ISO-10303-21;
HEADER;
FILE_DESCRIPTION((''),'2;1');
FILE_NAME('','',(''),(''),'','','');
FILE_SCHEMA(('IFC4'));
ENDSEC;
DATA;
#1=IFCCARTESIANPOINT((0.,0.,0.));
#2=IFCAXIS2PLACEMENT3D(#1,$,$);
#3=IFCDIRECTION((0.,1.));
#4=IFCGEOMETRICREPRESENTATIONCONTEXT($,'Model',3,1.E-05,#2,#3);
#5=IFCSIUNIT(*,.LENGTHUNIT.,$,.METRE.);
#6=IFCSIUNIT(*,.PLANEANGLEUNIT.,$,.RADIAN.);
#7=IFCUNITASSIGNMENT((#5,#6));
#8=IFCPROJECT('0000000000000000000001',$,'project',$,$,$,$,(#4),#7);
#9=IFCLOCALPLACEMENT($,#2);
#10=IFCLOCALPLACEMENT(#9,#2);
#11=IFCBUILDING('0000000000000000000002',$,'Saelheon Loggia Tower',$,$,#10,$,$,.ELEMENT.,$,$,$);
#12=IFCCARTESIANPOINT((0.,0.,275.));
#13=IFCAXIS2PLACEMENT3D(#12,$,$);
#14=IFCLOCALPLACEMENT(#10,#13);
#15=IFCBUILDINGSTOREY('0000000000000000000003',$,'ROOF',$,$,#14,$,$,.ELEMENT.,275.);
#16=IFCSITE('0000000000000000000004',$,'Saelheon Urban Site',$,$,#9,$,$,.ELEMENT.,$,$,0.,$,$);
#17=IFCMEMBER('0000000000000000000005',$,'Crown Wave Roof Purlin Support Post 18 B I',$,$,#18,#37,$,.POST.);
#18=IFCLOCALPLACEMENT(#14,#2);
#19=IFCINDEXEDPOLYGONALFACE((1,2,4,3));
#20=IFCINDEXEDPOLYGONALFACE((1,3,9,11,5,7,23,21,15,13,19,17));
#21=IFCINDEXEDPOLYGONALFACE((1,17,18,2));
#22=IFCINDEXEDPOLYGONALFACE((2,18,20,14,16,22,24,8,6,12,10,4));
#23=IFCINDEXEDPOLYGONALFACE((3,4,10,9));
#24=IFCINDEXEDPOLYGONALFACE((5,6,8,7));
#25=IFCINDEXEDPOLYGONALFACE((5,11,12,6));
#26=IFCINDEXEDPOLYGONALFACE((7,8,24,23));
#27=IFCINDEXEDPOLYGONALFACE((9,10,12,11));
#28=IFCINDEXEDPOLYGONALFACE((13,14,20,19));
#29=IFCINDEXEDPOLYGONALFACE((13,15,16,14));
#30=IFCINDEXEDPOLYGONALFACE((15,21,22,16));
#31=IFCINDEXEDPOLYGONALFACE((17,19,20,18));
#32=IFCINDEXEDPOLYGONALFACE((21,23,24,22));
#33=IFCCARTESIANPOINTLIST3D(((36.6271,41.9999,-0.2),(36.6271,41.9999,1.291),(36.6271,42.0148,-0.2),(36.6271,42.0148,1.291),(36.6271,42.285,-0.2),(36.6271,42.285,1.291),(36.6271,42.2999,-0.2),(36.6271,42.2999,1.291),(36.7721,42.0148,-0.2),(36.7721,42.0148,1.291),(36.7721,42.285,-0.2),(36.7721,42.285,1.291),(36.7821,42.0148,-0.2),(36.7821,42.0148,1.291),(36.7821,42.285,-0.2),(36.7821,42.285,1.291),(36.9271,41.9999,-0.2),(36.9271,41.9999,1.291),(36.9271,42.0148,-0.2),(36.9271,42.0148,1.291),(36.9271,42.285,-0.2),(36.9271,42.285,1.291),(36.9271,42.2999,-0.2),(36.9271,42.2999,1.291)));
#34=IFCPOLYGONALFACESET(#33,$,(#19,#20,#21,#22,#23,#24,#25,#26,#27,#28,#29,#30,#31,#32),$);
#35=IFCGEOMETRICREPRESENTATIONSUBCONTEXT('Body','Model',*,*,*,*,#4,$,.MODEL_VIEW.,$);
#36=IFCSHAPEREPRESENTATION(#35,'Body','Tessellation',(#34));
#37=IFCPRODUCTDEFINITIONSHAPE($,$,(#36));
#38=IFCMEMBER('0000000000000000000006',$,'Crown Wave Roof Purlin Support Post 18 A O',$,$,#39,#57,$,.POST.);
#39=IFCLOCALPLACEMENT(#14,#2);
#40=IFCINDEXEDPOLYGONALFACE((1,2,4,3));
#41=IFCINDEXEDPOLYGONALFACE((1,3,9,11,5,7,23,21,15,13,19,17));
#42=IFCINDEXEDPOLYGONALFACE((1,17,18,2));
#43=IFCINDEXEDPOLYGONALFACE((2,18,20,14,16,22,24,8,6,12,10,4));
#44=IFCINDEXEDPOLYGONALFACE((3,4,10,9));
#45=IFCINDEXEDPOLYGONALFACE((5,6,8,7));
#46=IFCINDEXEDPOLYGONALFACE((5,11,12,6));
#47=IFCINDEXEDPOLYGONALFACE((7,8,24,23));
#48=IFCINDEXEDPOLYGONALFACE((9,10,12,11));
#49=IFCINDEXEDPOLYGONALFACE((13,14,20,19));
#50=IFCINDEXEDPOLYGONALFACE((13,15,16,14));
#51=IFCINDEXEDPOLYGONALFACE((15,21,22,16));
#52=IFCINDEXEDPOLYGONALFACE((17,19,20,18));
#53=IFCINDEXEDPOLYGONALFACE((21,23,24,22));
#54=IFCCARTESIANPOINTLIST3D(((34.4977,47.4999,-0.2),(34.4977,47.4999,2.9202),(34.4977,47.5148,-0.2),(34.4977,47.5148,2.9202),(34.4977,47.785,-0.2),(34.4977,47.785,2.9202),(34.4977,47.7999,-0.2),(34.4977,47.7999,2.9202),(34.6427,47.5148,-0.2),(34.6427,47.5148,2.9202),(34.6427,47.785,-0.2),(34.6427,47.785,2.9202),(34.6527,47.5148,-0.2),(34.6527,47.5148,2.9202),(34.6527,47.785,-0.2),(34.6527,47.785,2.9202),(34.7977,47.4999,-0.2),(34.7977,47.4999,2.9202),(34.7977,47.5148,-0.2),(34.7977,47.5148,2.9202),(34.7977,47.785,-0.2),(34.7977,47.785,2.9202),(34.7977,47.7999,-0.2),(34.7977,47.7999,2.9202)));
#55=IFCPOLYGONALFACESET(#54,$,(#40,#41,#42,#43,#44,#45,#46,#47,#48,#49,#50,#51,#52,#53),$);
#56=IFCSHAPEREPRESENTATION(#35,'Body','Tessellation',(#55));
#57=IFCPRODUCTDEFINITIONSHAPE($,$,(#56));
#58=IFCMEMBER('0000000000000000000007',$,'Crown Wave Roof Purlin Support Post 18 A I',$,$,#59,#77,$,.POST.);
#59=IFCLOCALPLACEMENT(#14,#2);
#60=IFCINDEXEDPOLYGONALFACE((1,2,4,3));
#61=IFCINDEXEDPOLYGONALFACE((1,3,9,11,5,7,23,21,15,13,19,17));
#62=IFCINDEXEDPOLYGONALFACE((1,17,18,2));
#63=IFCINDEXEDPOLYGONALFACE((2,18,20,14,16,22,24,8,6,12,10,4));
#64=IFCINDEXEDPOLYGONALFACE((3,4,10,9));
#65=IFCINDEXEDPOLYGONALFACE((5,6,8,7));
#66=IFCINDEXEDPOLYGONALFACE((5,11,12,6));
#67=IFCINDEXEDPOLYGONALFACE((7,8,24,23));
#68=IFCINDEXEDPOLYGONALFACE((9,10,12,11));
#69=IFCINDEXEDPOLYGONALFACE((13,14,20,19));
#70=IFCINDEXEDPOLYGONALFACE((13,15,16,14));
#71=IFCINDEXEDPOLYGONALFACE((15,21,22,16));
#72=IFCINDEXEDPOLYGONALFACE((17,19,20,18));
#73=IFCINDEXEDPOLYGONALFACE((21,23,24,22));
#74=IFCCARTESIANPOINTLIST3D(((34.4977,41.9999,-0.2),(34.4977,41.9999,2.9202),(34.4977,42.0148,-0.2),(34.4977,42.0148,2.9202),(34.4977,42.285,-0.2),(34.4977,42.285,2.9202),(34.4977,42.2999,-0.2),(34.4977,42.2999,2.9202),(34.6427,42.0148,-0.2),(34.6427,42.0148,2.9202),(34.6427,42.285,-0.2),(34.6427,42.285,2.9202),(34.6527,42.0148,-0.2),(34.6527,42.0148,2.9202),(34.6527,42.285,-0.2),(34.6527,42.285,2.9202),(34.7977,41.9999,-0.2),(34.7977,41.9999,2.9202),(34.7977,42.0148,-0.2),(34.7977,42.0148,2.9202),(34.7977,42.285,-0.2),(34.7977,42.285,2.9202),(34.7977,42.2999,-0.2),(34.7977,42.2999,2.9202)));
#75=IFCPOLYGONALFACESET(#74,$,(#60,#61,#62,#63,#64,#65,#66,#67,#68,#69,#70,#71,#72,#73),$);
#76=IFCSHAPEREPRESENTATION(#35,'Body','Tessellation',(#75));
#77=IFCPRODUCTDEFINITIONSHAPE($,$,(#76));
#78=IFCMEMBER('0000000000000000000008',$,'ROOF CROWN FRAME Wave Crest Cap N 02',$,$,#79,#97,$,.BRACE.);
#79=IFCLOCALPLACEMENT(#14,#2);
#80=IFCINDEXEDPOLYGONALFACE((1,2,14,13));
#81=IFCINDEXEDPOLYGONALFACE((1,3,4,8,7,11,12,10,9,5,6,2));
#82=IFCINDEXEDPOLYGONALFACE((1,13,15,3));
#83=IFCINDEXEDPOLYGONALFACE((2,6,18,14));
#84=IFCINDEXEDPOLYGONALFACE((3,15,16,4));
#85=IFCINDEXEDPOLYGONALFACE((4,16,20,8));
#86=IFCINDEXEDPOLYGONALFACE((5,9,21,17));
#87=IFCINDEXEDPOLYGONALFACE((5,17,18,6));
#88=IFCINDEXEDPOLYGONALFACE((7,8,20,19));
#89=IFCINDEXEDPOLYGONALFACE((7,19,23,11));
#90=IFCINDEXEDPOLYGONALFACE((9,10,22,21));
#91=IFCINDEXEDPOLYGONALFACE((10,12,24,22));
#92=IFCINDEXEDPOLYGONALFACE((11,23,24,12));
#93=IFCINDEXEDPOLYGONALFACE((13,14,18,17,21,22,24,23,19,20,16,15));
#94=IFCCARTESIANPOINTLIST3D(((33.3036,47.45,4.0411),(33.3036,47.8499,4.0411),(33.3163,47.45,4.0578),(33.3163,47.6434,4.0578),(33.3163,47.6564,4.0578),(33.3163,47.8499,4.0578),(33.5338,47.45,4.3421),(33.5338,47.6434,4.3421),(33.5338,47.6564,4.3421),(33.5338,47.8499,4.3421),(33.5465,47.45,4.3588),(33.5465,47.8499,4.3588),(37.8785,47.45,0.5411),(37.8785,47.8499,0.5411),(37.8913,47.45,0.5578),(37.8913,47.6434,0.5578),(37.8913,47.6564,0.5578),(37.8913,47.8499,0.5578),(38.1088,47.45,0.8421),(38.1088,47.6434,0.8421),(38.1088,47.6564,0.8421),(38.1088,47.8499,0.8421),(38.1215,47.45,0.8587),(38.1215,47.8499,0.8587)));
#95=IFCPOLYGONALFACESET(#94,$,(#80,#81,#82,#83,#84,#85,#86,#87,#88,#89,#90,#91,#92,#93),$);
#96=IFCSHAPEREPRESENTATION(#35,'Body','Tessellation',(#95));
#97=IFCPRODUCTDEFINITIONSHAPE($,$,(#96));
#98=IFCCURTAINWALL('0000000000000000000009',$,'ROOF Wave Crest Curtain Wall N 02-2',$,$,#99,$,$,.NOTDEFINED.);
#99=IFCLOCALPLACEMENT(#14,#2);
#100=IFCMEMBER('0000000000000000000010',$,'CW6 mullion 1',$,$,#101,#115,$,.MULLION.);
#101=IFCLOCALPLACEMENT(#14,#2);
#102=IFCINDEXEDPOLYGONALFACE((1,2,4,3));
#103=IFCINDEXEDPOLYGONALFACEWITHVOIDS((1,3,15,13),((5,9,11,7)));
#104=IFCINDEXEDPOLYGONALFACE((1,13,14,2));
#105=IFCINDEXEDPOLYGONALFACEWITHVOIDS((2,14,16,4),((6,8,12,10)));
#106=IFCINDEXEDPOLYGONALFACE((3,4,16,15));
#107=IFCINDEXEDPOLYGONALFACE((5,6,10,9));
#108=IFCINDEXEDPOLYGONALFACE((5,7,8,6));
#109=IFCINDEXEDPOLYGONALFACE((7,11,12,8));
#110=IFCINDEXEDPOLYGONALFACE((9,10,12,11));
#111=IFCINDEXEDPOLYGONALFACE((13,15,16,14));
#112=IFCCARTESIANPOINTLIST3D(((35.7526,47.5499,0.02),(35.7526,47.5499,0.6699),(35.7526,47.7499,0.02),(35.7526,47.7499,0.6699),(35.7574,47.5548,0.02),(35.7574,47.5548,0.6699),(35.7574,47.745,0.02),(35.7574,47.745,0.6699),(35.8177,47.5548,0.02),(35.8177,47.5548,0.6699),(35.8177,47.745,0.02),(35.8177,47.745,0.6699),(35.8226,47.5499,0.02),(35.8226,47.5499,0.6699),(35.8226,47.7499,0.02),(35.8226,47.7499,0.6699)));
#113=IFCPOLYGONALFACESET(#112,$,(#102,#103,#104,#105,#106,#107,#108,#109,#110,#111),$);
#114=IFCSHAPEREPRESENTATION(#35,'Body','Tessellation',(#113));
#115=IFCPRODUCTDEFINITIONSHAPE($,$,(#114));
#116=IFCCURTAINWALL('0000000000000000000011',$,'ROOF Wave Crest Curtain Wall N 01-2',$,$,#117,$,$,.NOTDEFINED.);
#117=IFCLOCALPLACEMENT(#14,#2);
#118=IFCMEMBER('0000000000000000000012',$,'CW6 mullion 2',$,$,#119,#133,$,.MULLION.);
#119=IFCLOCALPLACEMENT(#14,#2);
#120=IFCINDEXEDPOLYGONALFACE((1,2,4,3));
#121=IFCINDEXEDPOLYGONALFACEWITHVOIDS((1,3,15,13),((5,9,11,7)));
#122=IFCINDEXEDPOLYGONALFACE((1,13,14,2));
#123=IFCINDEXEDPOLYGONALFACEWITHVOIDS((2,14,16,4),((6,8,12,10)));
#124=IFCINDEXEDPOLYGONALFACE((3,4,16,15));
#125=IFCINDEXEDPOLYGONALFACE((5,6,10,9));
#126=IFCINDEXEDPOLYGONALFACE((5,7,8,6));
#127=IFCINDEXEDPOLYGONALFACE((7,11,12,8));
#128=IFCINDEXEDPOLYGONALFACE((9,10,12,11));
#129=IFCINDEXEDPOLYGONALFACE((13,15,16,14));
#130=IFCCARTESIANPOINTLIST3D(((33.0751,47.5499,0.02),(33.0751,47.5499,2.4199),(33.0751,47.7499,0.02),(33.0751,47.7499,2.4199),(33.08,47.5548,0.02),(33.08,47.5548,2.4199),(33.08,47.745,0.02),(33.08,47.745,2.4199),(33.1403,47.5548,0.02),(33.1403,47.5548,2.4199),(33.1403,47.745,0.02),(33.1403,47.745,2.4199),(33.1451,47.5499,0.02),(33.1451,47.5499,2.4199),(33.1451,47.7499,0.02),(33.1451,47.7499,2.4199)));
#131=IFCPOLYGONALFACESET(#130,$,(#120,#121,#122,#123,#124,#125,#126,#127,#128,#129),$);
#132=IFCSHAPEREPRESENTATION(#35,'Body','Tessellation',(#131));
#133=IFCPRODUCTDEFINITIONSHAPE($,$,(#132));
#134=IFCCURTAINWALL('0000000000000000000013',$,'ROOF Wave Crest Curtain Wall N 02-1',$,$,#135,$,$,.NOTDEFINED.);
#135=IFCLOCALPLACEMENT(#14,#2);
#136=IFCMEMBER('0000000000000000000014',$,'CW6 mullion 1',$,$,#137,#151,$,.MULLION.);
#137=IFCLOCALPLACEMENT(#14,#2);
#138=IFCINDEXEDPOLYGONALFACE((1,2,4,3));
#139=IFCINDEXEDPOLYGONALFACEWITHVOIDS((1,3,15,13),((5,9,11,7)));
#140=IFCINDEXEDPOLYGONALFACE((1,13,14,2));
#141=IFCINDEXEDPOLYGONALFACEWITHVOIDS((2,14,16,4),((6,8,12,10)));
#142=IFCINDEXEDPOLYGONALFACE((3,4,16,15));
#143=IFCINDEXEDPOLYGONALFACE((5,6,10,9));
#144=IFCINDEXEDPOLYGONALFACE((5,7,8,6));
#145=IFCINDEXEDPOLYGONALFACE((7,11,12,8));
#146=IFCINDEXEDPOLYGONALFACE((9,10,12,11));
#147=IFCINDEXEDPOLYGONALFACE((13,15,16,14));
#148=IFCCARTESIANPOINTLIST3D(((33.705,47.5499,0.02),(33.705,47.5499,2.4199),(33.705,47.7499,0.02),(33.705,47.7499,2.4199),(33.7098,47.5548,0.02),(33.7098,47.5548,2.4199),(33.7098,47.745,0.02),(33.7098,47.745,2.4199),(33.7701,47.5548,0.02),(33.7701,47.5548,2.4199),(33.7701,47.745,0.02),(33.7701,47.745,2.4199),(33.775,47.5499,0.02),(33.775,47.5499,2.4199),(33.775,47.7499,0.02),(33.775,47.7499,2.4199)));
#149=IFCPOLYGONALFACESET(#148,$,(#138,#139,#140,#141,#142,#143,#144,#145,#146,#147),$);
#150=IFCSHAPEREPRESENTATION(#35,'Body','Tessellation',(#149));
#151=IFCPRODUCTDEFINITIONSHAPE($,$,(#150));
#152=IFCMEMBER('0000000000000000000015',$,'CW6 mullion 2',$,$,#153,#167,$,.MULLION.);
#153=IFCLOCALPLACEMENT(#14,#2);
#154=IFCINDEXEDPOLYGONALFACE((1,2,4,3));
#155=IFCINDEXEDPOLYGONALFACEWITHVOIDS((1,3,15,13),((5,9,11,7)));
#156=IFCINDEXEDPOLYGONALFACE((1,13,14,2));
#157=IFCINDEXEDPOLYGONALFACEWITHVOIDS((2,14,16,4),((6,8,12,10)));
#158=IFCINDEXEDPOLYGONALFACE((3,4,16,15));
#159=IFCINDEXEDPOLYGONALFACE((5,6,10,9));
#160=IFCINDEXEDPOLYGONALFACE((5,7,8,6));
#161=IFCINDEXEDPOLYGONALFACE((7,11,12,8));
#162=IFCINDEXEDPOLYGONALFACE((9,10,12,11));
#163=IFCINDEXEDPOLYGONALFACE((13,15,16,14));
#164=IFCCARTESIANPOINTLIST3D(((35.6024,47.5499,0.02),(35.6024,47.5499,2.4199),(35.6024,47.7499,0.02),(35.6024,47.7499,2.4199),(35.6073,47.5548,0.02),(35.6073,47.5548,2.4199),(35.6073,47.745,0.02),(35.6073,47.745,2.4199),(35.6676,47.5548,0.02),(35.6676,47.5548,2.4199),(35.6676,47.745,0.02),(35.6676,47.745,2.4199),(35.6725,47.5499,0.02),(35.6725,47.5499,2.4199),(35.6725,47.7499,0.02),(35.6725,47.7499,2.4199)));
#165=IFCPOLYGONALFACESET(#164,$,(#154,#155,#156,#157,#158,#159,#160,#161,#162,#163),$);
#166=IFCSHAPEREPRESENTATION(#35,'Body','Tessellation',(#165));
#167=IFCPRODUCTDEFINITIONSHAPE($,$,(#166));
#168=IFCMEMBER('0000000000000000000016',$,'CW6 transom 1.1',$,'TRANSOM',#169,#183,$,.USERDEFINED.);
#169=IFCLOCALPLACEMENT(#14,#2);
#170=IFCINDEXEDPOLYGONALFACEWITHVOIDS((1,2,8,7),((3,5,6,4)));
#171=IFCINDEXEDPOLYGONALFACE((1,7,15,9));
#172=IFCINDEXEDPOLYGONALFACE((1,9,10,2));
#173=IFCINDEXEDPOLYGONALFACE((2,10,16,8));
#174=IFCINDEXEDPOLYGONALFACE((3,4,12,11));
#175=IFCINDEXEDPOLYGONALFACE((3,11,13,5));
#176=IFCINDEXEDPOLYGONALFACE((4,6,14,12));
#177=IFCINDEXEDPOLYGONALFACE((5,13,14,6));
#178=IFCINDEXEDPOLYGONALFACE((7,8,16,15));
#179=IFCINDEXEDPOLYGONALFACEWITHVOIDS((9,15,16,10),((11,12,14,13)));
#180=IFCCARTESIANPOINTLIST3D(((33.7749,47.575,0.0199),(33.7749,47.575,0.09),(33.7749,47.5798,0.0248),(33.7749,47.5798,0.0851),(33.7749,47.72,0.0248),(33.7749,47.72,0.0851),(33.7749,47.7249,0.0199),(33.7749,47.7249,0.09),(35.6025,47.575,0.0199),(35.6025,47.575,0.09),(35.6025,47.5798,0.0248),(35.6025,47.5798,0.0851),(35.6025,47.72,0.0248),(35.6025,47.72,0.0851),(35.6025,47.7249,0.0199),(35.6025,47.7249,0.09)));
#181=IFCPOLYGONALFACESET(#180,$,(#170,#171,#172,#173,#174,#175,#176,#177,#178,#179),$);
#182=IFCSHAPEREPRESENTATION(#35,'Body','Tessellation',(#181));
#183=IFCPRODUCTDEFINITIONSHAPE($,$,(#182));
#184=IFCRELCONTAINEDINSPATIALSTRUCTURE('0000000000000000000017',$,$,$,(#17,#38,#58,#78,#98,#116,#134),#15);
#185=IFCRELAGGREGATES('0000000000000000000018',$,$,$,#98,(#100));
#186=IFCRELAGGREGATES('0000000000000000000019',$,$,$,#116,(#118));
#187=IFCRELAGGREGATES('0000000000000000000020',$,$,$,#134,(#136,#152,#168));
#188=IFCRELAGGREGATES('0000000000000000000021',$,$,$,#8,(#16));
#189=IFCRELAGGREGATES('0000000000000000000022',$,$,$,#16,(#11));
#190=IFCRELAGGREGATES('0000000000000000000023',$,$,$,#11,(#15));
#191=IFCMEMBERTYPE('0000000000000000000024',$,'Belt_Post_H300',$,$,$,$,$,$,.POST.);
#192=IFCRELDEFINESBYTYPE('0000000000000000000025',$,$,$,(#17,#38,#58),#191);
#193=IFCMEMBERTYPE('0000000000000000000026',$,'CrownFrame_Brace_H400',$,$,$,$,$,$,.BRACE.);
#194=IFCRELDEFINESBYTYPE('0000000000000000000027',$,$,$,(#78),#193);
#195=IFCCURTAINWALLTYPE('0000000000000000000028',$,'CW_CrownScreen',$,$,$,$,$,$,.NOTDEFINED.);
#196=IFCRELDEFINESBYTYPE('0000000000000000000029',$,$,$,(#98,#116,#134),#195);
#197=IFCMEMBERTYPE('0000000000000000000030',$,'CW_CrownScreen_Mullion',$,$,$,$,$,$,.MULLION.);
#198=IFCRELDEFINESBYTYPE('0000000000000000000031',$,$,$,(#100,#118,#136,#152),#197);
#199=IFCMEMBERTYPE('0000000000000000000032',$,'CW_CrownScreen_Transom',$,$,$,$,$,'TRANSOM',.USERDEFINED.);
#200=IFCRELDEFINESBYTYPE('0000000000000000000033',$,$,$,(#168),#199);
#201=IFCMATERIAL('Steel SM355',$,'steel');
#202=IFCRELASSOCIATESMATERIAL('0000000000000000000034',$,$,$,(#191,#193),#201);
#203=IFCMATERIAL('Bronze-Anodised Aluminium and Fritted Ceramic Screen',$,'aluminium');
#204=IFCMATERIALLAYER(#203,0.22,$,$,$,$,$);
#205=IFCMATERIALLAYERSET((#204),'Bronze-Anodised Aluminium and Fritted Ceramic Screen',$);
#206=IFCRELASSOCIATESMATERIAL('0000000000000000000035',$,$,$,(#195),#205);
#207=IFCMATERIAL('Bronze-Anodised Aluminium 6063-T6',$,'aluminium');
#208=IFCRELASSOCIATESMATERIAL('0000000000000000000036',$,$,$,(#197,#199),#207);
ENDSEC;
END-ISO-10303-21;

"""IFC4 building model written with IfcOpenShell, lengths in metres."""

from ifc_helpers import new_model, si_unit, direction, frame, origin, origin_2d, place, context, subcontext, project, spatial, hollow_rectangle, i_section, extrude, source, transform, mapped, material, layer, layer_set, material_profile, profile_set, type_object, element, aggregate, save


model = new_model("IFC4")

# Units and contexts
model_context = context("Model", 3, precision=1e-05, world=origin(), true_north=direction((0.0, 1.0)))
body_context = subcontext(model_context, "Body", "Model", "MODEL_VIEW")
ifc_project = project(units=[si_unit("LENGTHUNIT", "METRE"), si_unit("PLANEANGLEUNIT", "RADIAN")], contexts=[model_context])

# Site, building, storey
site_placement = place(None, origin())
site = spatial("IfcSite", under=ifc_project, at=site_placement, Name="Saelheon Urban Site", CompositionType="ELEMENT", RefElevation=0.0)
building_placement = place(site_placement, origin())
building = spatial("IfcBuilding", under=site, at=building_placement, Name="Saelheon Loggia Tower", CompositionType="ELEMENT")
storey_placement = place(building_placement, frame((0.0, 0.0, 275.0)))
storey = spatial("IfcBuildingStorey", under=building, at=storey_placement, Name="ROOF", CompositionType="ELEMENT", Elevation=275.0)

# Members
ifc_material_1 = material(Name="Steel SM355", Category="steel")
ifc_material_profile_1 = material_profile(ifc_material_1, i_section(OverallWidth=0.3, OverallDepth=0.3, WebThickness=0.01, FlangeThickness=0.0149, at=origin_2d()), Name="H-300x300x10x15")
ifc_profile_set_1 = profile_set([ifc_material_profile_1], Name="Steel SM355")
member_type_1 = type_object("IfcMemberType", Name="Belt_Post_H300", PredefinedType="POST", material=ifc_profile_set_1)
shared_shape_1 = source(origin(), body_context, "Body", "SweptSolid", [
    extrude(i_section(OverallWidth=0.3, OverallDepth=0.3, WebThickness=0.01, FlangeThickness=0.0149, at=origin_2d()), origin(), (0.0, 0.0, 1.0), 1.491),
])
for number, where, z_axis, x_axis, name in (
    (1, (36.7771, 42.1499, -0.2), (0.0, 0.0, 1.0), (1.0, 0.0, 0.0), "Crown Wave Roof Purlin Support Post 18 B I"),
):
    element("IfcMember", number, at=place(storey_placement, frame(where, z_axis=z_axis, x_axis=x_axis)), inside=storey, type_object=member_type_1, Name=name, PredefinedType="POST", context=body_context, shape_type="MappedRepresentation", body=[
        mapped(shared_shape_1, transform((0.0, 0.0, 0.0), scale=1.0)),
    ])
shared_shape_2 = source(origin(), body_context, "Body", "SweptSolid", [
    extrude(i_section(OverallWidth=0.3, OverallDepth=0.3, WebThickness=0.01, FlangeThickness=0.0149, at=origin_2d()), origin(), (0.0, 0.0, 1.0), 3.1201),
])
for number, where, z_axis, x_axis, name in (
    (2, (34.6477, 47.6499, -0.2), (0.0, 0.0, 1.0), (1.0, 0.0, 0.0), "Crown Wave Roof Purlin Support Post 18 A O"),
    (3, (34.6477, 42.1499, -0.2), (0.0, 0.0, 1.0), (1.0, 0.0, 0.0), "Crown Wave Roof Purlin Support Post 18 A I"),
):
    element("IfcMember", number, at=place(storey_placement, frame(where, z_axis=z_axis, x_axis=x_axis)), inside=storey, type_object=member_type_1, Name=name, PredefinedType="POST", context=body_context, shape_type="MappedRepresentation", body=[
        mapped(shared_shape_2, transform((0.0, 0.0, 0.0), scale=1.0)),
    ])
ifc_material_profile_2 = material_profile(ifc_material_1, i_section(OverallWidth=0.3999, OverallDepth=0.3999, WebThickness=0.0129, FlangeThickness=0.021, at=origin_2d()), Name="H-400x400x13x21")
ifc_profile_set_2 = profile_set([ifc_material_profile_2], Name="Steel SM355")
member_type_2 = type_object("IfcMemberType", Name="CrownFrame_Brace_H400", PredefinedType="BRACE", material=ifc_profile_set_2)
shared_shape_3 = source(origin(), body_context, "Body", "SweptSolid", [
    extrude(i_section(OverallWidth=0.3999, OverallDepth=0.3999, WebThickness=0.0129, FlangeThickness=0.021, at=origin_2d()), origin(), (0.0, 0.0, 1.0), 5.7603),
])
member_1_placement = place(storey_placement, frame((33.425, 47.6499, 4.2), z_axis=(0.794231, 0.0, -0.607615), x_axis=(0.0, 1.0, 0.0)))
element("IfcMember", 4, at=member_1_placement, inside=storey, type_object=member_type_2, Name="ROOF CROWN FRAME Wave Crest Cap N 02", PredefinedType="BRACE", context=body_context, shape_type="MappedRepresentation", body=[
    mapped(shared_shape_3, transform((0.0, 0.0, 0.0), scale=1.0)),
])

# Curtain walls, members
ifc_material_2 = material(Name="Bronze-Anodised Aluminium and Fritted Ceramic Screen", Category="aluminium")
ifc_layer_1 = layer(ifc_material_2, 0.22)
ifc_layer_set_1 = layer_set([ifc_layer_1], Name="Bronze-Anodised Aluminium and Fritted Ceramic Screen")
curtain_wall_type = type_object("IfcCurtainWallType", Name="CW_CrownScreen", PredefinedType="NOTDEFINED", material=ifc_layer_set_1)
curtain_wall_1_placement = place(storey_placement, origin())
curtain_wall_1 = element("IfcCurtainWall", 5, at=curtain_wall_1_placement, inside=storey, type_object=curtain_wall_type, Name="ROOF Wave Crest Curtain Wall N 02-2", PredefinedType="NOTDEFINED")
ifc_material_3 = material(Name="Bronze-Anodised Aluminium 6063-T6", Category="aluminium")
ifc_material_profile_3 = material_profile(ifc_material_3, hollow_rectangle(XDim=0.0701, YDim=0.2, WallThickness=0.0049, at=origin_2d()), Name="RHS-200x70x5")
ifc_profile_set_3 = profile_set([ifc_material_profile_3], Name="Bronze-Anodised Aluminium 6063-T6")
member_type_3 = type_object("IfcMemberType", Name="CW_CrownScreen_Mullion", PredefinedType="MULLION", material=ifc_profile_set_3)
shared_shape_4 = source(origin(), body_context, "Body", "SweptSolid", [
    extrude(hollow_rectangle(XDim=0.0701, YDim=0.2, WallThickness=0.0049, at=origin_2d()), origin(), (0.0, 0.0, 1.0), 0.6499),
])
member_2_placement = place(storey_placement, frame((35.7876, 47.6499, 0.02), z_axis=(0.0, 0.0, 1.0), x_axis=(1.0, 0.0, 0.0)))
member_2 = element("IfcMember", 6, at=member_2_placement, type_object=member_type_3, Name="CW6 mullion 1", PredefinedType="MULLION", context=body_context, shape_type="MappedRepresentation", body=[
    mapped(shared_shape_4, transform((0.0, 0.0, 0.0), scale=1.0)),
])
curtain_wall_2_placement = place(storey_placement, origin())
curtain_wall_2 = element("IfcCurtainWall", 7, at=curtain_wall_2_placement, inside=storey, type_object=curtain_wall_type, Name="ROOF Wave Crest Curtain Wall N 01-2", PredefinedType="NOTDEFINED")
shared_shape_5 = source(origin(), body_context, "Body", "SweptSolid", [
    extrude(hollow_rectangle(XDim=0.0701, YDim=0.2, WallThickness=0.0049, at=origin_2d()), origin(), (0.0, 0.0, 1.0), 2.3999),
])
member_3_placement = place(storey_placement, frame((33.1101, 47.6499, 0.02), z_axis=(0.0, 0.0, 1.0), x_axis=(1.0, 0.0, 0.0)))
member_3 = element("IfcMember", 8, at=member_3_placement, type_object=member_type_3, Name="CW6 mullion 2", PredefinedType="MULLION", context=body_context, shape_type="MappedRepresentation", body=[
    mapped(shared_shape_5, transform((0.0, 0.0, 0.0), scale=1.0)),
])

# Curtain wall, members
curtain_wall_3_placement = place(storey_placement, origin())
curtain_wall_3 = element("IfcCurtainWall", 9, at=curtain_wall_3_placement, inside=storey, type_object=curtain_wall_type, Name="ROOF Wave Crest Curtain Wall N 02-1", PredefinedType="NOTDEFINED")
member_4_placement = place(storey_placement, frame((33.74, 47.6499, 0.02), z_axis=(0.0, 0.0, 1.0), x_axis=(1.0, 0.0, 0.0)))
member_4 = element("IfcMember", 10, at=member_4_placement, type_object=member_type_3, Name="CW6 mullion 1", PredefinedType="MULLION", context=body_context, shape_type="MappedRepresentation", body=[
    mapped(shared_shape_5, transform((0.0, 0.0, 0.0), scale=1.0)),
])
member_5_placement = place(storey_placement, frame((35.6375, 47.6499, 0.02), z_axis=(0.0, 0.0, 1.0), x_axis=(1.0, 0.0, 0.0)))
member_5 = element("IfcMember", 11, at=member_5_placement, type_object=member_type_3, Name="CW6 mullion 2", PredefinedType="MULLION", context=body_context, shape_type="MappedRepresentation", body=[
    mapped(shared_shape_5, transform((0.0, 0.0, 0.0), scale=1.0)),
])
ifc_material_profile_4 = material_profile(ifc_material_3, hollow_rectangle(XDim=0.0701, YDim=0.1499, WallThickness=0.0049, at=origin_2d()), Name="RHS-150x70x5")
ifc_profile_set_4 = profile_set([ifc_material_profile_4], Name="Bronze-Anodised Aluminium 6063-T6")
member_type_4 = type_object("IfcMemberType", Name="CW_CrownScreen_Transom", ElementType="TRANSOM", PredefinedType="USERDEFINED", material=ifc_profile_set_4)
shared_shape_6 = source(origin(), body_context, "Body", "SweptSolid", [
    extrude(hollow_rectangle(XDim=0.0701, YDim=0.1499, WallThickness=0.0049, at=origin_2d()), origin(), (0.0, 0.0, 1.0), 1.8276),
])
member_6_placement = place(storey_placement, frame((33.7749, 47.6499, 0.0549), z_axis=(1.0, 0.0, 0.0), x_axis=(0.0, 0.0, 1.0)))
member_6 = element("IfcMember", 12, at=member_6_placement, type_object=member_type_4, Name="CW6 transom 1.1", ObjectType="TRANSOM", PredefinedType="USERDEFINED", context=body_context, shape_type="MappedRepresentation", body=[
    mapped(shared_shape_6, transform((0.0, 0.0, 0.0), scale=1.0)),
])

aggregate(curtain_wall_1, [member_2])
aggregate(curtain_wall_2, [member_3])
aggregate(curtain_wall_3, [member_4, member_5, member_6])

save(model, "model.ifc")
